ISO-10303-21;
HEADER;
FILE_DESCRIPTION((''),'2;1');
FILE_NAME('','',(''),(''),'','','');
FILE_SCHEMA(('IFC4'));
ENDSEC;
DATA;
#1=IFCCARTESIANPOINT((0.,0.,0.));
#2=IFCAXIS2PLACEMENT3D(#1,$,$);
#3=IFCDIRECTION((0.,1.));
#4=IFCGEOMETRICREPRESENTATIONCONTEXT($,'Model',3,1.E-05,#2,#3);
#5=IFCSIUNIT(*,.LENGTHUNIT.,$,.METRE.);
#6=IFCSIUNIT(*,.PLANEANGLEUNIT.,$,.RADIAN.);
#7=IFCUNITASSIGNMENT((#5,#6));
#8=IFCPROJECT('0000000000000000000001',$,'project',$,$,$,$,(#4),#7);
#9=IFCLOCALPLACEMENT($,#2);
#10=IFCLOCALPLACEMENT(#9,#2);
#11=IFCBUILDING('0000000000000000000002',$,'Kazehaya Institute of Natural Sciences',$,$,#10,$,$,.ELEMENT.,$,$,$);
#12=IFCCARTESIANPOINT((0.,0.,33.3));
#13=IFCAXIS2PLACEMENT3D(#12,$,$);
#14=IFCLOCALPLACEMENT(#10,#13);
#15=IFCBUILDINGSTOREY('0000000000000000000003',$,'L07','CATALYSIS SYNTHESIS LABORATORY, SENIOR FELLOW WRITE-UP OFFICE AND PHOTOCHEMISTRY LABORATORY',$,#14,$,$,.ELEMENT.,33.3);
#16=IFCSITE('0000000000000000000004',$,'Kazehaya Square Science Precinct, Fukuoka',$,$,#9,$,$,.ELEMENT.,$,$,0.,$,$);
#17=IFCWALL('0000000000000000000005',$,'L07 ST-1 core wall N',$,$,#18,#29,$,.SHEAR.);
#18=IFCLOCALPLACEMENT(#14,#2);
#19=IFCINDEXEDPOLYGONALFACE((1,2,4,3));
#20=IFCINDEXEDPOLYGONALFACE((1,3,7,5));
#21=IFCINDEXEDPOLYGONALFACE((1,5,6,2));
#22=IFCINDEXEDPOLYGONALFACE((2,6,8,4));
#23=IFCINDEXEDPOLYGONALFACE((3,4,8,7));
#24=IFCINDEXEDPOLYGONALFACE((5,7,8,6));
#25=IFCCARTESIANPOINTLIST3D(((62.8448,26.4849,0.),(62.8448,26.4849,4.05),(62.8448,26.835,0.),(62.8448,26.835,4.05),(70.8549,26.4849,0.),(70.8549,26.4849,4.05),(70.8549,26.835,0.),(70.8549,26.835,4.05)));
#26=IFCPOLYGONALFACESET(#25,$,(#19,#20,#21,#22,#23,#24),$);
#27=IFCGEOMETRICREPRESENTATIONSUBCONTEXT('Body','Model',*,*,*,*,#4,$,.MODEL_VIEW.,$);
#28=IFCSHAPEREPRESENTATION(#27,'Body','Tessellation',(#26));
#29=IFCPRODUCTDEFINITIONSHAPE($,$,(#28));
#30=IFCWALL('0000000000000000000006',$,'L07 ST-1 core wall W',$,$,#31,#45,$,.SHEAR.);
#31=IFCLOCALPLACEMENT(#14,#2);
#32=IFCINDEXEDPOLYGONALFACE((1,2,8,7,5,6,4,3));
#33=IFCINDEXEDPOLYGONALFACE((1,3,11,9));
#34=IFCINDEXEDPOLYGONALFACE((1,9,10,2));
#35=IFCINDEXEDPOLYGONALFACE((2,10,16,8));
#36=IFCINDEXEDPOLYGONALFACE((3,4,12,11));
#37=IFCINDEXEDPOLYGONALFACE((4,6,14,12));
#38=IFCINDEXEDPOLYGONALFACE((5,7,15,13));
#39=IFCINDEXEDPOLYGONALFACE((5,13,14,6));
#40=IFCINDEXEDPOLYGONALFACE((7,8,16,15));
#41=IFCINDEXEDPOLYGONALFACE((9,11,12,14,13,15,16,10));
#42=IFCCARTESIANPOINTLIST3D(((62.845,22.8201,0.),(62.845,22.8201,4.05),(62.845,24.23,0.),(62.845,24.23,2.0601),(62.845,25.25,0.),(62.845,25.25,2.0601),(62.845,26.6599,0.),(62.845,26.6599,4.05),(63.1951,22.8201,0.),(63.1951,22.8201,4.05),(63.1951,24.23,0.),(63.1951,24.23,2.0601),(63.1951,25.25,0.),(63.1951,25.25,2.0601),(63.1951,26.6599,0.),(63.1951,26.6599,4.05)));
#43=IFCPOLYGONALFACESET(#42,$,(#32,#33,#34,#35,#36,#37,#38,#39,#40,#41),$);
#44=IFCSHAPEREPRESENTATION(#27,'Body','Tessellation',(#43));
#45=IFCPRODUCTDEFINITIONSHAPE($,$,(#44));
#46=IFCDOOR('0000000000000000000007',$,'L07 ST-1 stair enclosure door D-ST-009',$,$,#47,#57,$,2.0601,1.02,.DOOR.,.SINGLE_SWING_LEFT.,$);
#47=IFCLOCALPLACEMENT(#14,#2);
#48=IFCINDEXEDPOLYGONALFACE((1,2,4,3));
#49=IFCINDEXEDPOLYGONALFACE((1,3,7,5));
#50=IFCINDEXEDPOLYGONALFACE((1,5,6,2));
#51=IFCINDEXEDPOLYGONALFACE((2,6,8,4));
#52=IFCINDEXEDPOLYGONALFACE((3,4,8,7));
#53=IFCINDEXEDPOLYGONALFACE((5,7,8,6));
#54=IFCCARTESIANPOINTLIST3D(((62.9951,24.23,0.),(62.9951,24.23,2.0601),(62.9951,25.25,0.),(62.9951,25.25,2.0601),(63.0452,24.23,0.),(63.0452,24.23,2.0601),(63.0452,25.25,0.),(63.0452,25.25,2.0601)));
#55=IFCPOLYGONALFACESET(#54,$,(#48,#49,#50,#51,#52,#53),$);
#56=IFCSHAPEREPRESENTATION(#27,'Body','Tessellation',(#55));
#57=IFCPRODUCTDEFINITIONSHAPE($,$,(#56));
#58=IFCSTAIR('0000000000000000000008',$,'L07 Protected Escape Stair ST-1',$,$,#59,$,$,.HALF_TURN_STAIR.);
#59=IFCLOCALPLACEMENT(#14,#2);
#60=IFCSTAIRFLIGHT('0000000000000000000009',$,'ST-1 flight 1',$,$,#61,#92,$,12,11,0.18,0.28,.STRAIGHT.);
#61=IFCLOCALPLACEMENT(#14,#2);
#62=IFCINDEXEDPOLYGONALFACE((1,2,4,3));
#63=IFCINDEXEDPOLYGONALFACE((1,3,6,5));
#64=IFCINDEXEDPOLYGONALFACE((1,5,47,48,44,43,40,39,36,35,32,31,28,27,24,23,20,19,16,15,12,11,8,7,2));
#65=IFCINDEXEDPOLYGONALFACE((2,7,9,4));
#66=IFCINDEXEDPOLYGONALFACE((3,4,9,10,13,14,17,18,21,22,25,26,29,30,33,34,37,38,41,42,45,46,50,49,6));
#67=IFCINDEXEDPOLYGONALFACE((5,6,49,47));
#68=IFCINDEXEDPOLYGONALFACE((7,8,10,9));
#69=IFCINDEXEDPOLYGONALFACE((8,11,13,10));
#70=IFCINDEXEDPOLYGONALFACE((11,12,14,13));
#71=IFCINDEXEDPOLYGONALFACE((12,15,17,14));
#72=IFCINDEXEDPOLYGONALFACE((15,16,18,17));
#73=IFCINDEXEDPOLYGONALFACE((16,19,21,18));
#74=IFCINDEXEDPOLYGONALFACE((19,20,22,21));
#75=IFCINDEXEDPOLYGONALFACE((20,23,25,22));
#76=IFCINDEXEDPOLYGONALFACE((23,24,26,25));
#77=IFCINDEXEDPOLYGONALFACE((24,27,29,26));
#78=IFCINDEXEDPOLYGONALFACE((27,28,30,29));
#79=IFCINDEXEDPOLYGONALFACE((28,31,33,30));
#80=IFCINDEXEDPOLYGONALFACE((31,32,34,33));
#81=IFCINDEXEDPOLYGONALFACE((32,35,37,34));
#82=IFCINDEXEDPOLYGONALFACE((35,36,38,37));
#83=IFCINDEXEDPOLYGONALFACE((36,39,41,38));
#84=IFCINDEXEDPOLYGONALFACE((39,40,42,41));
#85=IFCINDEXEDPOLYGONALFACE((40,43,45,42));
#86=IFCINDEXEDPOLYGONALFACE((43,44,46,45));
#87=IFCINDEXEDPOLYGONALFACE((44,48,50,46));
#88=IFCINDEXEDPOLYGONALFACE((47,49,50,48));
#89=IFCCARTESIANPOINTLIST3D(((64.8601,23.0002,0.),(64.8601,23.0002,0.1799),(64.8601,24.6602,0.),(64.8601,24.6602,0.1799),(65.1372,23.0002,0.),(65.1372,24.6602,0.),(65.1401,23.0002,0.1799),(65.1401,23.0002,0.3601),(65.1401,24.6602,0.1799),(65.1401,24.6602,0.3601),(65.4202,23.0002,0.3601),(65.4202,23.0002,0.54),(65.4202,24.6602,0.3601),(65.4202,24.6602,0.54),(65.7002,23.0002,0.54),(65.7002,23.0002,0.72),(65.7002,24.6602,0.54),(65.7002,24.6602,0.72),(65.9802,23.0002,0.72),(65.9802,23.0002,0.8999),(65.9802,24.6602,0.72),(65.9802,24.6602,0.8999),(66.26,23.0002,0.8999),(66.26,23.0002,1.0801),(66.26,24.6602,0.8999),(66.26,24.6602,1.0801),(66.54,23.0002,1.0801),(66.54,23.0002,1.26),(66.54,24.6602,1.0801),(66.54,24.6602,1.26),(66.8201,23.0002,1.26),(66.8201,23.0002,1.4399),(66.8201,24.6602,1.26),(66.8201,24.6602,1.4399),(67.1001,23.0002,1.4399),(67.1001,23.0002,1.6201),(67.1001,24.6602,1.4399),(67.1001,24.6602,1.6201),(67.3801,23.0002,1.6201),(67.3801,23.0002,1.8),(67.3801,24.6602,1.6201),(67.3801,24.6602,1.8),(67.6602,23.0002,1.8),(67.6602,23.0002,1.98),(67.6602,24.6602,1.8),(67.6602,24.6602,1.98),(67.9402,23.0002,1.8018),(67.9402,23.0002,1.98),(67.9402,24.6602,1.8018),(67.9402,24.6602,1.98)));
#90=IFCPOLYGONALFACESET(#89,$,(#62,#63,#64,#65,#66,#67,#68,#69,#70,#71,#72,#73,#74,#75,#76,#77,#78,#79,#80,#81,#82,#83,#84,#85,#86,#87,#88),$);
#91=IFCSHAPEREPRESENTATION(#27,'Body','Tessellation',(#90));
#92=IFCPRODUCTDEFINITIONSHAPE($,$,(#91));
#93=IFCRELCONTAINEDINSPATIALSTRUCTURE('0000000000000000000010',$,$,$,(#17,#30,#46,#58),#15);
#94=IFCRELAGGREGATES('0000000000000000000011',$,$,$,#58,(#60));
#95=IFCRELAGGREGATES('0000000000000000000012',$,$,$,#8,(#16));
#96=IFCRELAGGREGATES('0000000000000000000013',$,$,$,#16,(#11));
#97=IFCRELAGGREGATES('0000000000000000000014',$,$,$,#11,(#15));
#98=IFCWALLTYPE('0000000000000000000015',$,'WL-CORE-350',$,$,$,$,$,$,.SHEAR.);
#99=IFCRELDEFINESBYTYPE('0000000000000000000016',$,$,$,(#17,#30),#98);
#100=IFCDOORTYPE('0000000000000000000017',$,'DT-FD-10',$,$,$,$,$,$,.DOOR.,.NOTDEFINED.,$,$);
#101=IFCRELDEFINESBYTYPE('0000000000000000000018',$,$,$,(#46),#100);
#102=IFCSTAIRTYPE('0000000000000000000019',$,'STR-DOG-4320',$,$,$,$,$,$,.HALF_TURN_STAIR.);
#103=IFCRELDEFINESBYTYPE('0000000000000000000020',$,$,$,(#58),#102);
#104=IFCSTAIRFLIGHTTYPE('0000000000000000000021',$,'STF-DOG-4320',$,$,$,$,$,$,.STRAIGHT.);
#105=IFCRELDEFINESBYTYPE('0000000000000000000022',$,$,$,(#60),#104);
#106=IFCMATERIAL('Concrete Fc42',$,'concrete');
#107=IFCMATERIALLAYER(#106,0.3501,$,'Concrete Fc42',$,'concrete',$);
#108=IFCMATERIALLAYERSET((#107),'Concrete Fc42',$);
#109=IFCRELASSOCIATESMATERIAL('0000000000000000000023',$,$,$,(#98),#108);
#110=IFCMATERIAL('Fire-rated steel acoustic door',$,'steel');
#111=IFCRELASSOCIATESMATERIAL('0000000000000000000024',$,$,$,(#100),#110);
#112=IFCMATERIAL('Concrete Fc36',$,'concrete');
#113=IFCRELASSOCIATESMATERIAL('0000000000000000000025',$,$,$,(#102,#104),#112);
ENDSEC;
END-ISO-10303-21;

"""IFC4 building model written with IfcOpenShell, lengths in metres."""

from ifc_helpers import new_model, si_unit, direction, frame, frame_2d, origin, place, context, subcontext, project, spatial, polyline, rectangle, outline, extrude, material, layer, layer_set, type_object, element, fill, aggregate, save


model = new_model("IFC4")

# Units and contexts
model_context = context("Model", 3, precision=1e-05, world=origin(), true_north=direction((0.0, 1.0)))
body_context = subcontext(model_context, "Body", "Model", "MODEL_VIEW")
ifc_project = project(units=[si_unit("LENGTHUNIT", "METRE"), si_unit("PLANEANGLEUNIT", "RADIAN")], contexts=[model_context])

# Site, building, storey
site_placement = place(None, origin())
site = spatial("IfcSite", under=ifc_project, at=site_placement, Name="Kazehaya Square Science Precinct, Fukuoka", CompositionType="ELEMENT", RefElevation=0.0)
building_placement = place(site_placement, origin())
building = spatial("IfcBuilding", under=site, at=building_placement, Name="Kazehaya Institute of Natural Sciences", CompositionType="ELEMENT")
storey_placement = place(building_placement, frame((0.0, 0.0, 33.3)))
storey = spatial("IfcBuildingStorey", under=building, at=storey_placement, Name="L07", Description="CATALYSIS SYNTHESIS LABORATORY, SENIOR FELLOW WRITE-UP OFFICE AND PHOTOCHEMISTRY LABORATORY", CompositionType="ELEMENT", Elevation=33.3)

# Shared definitions
ifc_material_1 = material(Name="Concrete Fc36", Category="concrete")

# Wall
ifc_material_2 = material(Name="Concrete Fc42", Category="concrete")
ifc_layer_1 = layer(ifc_material_2, 0.3501, Name="Concrete Fc42", Category="concrete")
ifc_layer_set_1 = layer_set([ifc_layer_1], Name="Concrete Fc42")
wall_type = type_object("IfcWallType", Name="WL-CORE-350", PredefinedType="SHEAR", material=ifc_layer_set_1)
wall_1_placement = place(storey_placement, frame((62.845, 26.6599, 0.0), z_axis=(0.0, 0.0, 1.0), x_axis=(1.0, 0.0, 0.0)))
element("IfcWall", 1, at=wall_1_placement, inside=storey, type_object=wall_type, Name="L07 ST-1 core wall N", PredefinedType="SHEAR", context=body_context, shape_type="SweptSolid", body=[
    extrude(rectangle(XDim=8.01, YDim=0.3501, at=frame_2d((4.0049, 0.0))), origin(), (0.0, 0.0, 1.0), 4.05),
])

# Wall, opening, door
wall_2_placement = place(storey_placement, frame((63.02, 22.8201, 0.0), z_axis=(0.0, 0.0, 1.0), x_axis=(0.0, 1.0, 0.0)))
wall_2 = element("IfcWall", 2, at=wall_2_placement, inside=storey, type_object=wall_type, Name="L07 ST-1 core wall W", PredefinedType="SHEAR", context=body_context, shape_type="SweptSolid", body=[
    extrude(rectangle(XDim=3.8398, YDim=0.3501, at=frame_2d((1.9199, 0.0))), origin(), (0.0, 0.0, 1.0), 4.05),
])
opening_placement = place(wall_2_placement, frame((1.4099, 0.0, 0.0)))
opening = element("IfcOpeningElement", 3, at=opening_placement, cuts=wall_2, PredefinedType="OPENING", context=body_context, shape_type="SweptSolid", body=[
    extrude(rectangle(XDim=1.02, YDim=2.0601, at=frame_2d((0.51, 1.03))), frame((0.0, 0.1851, 0.0), z_axis=(0.0, -1.0, 0.0), x_axis=(1.0, 0.0, 0.0)), (0.0, 0.0, 1.0), 0.3701),
])
ifc_material_3 = material(Name="Fire-rated steel acoustic door", Category="steel")
door_type = type_object("IfcDoorType", Name="DT-FD-10", OperationType="NOTDEFINED", PredefinedType="DOOR", material=ifc_material_3)
door_placement = place(opening_placement, origin())
door = element("IfcDoor", 4, at=door_placement, inside=storey, type_object=door_type, Name="L07 ST-1 stair enclosure door D-ST-009", OperationType="SINGLE_SWING_LEFT", OverallHeight=2.0601, OverallWidth=1.02, PredefinedType="DOOR", context=body_context, shape_type="SweptSolid", body=[
    extrude(rectangle(XDim=1.02, YDim=2.0601, at=frame_2d((0.51, 1.03))), frame((0.0, 0.0249, 0.0), z_axis=(0.0, -1.0, 0.0), x_axis=(1.0, 0.0, 0.0)), (0.0, 0.0, 1.0), 0.05),
])
fill(opening, door)

# Stair, stair flight
stair_type = type_object("IfcStairType", Name="STR-DOG-4320", PredefinedType="HALF_TURN_STAIR", material=ifc_material_1)
stair_placement = place(storey_placement, origin())
stair = element("IfcStair", 5, at=stair_placement, inside=storey, type_object=stair_type, Name="L07 Protected Escape Stair ST-1", PredefinedType="HALF_TURN_STAIR")
stair_flight_type = type_object("IfcStairFlightType", Name="STF-DOG-4320", PredefinedType="STRAIGHT", material=ifc_material_1)
stair_flight_placement = place(storey_placement, frame((64.8601, 23.8301, 0.0), z_axis=(0.0, 0.0, 1.0), x_axis=(1.0, 0.0, 0.0)))
stair_flight = element("IfcStairFlight", 6, at=stair_flight_placement, type_object=stair_flight_type, Name="ST-1 flight 1", NumberOfRisers=12, NumberOfTreads=11, PredefinedType="STRAIGHT", RiserHeight=0.18, TreadLength=0.28, context=body_context, shape_type="SweptSolid", body=[
    extrude(outline(polyline([(0.0, 0.0), (0.0, 0.1799), (0.28, 0.1799), (0.28, 0.3601), (0.5601, 0.3601), (0.5601, 0.54), (0.8401, 0.54), (0.8401, 0.72), (1.1201, 0.72), (1.1201, 0.8999), (1.3999, 0.8999), (1.3999, 1.0801), (1.6799, 1.0801), (1.6799, 1.26), (1.96, 1.26), (1.96, 1.4399), (2.24, 1.4399), (2.24, 1.6201), (2.52, 1.6201), (2.52, 1.8), (2.8, 1.8), (2.8, 1.98), (3.0801, 1.98), (3.0801, 2.1599), (3.0801, 1.8018), (0.2771, 0.0), (0.0, 0.0)])), frame((0.0, 0.8301, 0.0), z_axis=(0.0, -1.0, 0.0), x_axis=(1.0, 0.0, 0.0)), (0.0, 0.0, 1.0), 1.6599),
])
aggregate(stair, [stair_flight])

save(model, "model.ifc")
